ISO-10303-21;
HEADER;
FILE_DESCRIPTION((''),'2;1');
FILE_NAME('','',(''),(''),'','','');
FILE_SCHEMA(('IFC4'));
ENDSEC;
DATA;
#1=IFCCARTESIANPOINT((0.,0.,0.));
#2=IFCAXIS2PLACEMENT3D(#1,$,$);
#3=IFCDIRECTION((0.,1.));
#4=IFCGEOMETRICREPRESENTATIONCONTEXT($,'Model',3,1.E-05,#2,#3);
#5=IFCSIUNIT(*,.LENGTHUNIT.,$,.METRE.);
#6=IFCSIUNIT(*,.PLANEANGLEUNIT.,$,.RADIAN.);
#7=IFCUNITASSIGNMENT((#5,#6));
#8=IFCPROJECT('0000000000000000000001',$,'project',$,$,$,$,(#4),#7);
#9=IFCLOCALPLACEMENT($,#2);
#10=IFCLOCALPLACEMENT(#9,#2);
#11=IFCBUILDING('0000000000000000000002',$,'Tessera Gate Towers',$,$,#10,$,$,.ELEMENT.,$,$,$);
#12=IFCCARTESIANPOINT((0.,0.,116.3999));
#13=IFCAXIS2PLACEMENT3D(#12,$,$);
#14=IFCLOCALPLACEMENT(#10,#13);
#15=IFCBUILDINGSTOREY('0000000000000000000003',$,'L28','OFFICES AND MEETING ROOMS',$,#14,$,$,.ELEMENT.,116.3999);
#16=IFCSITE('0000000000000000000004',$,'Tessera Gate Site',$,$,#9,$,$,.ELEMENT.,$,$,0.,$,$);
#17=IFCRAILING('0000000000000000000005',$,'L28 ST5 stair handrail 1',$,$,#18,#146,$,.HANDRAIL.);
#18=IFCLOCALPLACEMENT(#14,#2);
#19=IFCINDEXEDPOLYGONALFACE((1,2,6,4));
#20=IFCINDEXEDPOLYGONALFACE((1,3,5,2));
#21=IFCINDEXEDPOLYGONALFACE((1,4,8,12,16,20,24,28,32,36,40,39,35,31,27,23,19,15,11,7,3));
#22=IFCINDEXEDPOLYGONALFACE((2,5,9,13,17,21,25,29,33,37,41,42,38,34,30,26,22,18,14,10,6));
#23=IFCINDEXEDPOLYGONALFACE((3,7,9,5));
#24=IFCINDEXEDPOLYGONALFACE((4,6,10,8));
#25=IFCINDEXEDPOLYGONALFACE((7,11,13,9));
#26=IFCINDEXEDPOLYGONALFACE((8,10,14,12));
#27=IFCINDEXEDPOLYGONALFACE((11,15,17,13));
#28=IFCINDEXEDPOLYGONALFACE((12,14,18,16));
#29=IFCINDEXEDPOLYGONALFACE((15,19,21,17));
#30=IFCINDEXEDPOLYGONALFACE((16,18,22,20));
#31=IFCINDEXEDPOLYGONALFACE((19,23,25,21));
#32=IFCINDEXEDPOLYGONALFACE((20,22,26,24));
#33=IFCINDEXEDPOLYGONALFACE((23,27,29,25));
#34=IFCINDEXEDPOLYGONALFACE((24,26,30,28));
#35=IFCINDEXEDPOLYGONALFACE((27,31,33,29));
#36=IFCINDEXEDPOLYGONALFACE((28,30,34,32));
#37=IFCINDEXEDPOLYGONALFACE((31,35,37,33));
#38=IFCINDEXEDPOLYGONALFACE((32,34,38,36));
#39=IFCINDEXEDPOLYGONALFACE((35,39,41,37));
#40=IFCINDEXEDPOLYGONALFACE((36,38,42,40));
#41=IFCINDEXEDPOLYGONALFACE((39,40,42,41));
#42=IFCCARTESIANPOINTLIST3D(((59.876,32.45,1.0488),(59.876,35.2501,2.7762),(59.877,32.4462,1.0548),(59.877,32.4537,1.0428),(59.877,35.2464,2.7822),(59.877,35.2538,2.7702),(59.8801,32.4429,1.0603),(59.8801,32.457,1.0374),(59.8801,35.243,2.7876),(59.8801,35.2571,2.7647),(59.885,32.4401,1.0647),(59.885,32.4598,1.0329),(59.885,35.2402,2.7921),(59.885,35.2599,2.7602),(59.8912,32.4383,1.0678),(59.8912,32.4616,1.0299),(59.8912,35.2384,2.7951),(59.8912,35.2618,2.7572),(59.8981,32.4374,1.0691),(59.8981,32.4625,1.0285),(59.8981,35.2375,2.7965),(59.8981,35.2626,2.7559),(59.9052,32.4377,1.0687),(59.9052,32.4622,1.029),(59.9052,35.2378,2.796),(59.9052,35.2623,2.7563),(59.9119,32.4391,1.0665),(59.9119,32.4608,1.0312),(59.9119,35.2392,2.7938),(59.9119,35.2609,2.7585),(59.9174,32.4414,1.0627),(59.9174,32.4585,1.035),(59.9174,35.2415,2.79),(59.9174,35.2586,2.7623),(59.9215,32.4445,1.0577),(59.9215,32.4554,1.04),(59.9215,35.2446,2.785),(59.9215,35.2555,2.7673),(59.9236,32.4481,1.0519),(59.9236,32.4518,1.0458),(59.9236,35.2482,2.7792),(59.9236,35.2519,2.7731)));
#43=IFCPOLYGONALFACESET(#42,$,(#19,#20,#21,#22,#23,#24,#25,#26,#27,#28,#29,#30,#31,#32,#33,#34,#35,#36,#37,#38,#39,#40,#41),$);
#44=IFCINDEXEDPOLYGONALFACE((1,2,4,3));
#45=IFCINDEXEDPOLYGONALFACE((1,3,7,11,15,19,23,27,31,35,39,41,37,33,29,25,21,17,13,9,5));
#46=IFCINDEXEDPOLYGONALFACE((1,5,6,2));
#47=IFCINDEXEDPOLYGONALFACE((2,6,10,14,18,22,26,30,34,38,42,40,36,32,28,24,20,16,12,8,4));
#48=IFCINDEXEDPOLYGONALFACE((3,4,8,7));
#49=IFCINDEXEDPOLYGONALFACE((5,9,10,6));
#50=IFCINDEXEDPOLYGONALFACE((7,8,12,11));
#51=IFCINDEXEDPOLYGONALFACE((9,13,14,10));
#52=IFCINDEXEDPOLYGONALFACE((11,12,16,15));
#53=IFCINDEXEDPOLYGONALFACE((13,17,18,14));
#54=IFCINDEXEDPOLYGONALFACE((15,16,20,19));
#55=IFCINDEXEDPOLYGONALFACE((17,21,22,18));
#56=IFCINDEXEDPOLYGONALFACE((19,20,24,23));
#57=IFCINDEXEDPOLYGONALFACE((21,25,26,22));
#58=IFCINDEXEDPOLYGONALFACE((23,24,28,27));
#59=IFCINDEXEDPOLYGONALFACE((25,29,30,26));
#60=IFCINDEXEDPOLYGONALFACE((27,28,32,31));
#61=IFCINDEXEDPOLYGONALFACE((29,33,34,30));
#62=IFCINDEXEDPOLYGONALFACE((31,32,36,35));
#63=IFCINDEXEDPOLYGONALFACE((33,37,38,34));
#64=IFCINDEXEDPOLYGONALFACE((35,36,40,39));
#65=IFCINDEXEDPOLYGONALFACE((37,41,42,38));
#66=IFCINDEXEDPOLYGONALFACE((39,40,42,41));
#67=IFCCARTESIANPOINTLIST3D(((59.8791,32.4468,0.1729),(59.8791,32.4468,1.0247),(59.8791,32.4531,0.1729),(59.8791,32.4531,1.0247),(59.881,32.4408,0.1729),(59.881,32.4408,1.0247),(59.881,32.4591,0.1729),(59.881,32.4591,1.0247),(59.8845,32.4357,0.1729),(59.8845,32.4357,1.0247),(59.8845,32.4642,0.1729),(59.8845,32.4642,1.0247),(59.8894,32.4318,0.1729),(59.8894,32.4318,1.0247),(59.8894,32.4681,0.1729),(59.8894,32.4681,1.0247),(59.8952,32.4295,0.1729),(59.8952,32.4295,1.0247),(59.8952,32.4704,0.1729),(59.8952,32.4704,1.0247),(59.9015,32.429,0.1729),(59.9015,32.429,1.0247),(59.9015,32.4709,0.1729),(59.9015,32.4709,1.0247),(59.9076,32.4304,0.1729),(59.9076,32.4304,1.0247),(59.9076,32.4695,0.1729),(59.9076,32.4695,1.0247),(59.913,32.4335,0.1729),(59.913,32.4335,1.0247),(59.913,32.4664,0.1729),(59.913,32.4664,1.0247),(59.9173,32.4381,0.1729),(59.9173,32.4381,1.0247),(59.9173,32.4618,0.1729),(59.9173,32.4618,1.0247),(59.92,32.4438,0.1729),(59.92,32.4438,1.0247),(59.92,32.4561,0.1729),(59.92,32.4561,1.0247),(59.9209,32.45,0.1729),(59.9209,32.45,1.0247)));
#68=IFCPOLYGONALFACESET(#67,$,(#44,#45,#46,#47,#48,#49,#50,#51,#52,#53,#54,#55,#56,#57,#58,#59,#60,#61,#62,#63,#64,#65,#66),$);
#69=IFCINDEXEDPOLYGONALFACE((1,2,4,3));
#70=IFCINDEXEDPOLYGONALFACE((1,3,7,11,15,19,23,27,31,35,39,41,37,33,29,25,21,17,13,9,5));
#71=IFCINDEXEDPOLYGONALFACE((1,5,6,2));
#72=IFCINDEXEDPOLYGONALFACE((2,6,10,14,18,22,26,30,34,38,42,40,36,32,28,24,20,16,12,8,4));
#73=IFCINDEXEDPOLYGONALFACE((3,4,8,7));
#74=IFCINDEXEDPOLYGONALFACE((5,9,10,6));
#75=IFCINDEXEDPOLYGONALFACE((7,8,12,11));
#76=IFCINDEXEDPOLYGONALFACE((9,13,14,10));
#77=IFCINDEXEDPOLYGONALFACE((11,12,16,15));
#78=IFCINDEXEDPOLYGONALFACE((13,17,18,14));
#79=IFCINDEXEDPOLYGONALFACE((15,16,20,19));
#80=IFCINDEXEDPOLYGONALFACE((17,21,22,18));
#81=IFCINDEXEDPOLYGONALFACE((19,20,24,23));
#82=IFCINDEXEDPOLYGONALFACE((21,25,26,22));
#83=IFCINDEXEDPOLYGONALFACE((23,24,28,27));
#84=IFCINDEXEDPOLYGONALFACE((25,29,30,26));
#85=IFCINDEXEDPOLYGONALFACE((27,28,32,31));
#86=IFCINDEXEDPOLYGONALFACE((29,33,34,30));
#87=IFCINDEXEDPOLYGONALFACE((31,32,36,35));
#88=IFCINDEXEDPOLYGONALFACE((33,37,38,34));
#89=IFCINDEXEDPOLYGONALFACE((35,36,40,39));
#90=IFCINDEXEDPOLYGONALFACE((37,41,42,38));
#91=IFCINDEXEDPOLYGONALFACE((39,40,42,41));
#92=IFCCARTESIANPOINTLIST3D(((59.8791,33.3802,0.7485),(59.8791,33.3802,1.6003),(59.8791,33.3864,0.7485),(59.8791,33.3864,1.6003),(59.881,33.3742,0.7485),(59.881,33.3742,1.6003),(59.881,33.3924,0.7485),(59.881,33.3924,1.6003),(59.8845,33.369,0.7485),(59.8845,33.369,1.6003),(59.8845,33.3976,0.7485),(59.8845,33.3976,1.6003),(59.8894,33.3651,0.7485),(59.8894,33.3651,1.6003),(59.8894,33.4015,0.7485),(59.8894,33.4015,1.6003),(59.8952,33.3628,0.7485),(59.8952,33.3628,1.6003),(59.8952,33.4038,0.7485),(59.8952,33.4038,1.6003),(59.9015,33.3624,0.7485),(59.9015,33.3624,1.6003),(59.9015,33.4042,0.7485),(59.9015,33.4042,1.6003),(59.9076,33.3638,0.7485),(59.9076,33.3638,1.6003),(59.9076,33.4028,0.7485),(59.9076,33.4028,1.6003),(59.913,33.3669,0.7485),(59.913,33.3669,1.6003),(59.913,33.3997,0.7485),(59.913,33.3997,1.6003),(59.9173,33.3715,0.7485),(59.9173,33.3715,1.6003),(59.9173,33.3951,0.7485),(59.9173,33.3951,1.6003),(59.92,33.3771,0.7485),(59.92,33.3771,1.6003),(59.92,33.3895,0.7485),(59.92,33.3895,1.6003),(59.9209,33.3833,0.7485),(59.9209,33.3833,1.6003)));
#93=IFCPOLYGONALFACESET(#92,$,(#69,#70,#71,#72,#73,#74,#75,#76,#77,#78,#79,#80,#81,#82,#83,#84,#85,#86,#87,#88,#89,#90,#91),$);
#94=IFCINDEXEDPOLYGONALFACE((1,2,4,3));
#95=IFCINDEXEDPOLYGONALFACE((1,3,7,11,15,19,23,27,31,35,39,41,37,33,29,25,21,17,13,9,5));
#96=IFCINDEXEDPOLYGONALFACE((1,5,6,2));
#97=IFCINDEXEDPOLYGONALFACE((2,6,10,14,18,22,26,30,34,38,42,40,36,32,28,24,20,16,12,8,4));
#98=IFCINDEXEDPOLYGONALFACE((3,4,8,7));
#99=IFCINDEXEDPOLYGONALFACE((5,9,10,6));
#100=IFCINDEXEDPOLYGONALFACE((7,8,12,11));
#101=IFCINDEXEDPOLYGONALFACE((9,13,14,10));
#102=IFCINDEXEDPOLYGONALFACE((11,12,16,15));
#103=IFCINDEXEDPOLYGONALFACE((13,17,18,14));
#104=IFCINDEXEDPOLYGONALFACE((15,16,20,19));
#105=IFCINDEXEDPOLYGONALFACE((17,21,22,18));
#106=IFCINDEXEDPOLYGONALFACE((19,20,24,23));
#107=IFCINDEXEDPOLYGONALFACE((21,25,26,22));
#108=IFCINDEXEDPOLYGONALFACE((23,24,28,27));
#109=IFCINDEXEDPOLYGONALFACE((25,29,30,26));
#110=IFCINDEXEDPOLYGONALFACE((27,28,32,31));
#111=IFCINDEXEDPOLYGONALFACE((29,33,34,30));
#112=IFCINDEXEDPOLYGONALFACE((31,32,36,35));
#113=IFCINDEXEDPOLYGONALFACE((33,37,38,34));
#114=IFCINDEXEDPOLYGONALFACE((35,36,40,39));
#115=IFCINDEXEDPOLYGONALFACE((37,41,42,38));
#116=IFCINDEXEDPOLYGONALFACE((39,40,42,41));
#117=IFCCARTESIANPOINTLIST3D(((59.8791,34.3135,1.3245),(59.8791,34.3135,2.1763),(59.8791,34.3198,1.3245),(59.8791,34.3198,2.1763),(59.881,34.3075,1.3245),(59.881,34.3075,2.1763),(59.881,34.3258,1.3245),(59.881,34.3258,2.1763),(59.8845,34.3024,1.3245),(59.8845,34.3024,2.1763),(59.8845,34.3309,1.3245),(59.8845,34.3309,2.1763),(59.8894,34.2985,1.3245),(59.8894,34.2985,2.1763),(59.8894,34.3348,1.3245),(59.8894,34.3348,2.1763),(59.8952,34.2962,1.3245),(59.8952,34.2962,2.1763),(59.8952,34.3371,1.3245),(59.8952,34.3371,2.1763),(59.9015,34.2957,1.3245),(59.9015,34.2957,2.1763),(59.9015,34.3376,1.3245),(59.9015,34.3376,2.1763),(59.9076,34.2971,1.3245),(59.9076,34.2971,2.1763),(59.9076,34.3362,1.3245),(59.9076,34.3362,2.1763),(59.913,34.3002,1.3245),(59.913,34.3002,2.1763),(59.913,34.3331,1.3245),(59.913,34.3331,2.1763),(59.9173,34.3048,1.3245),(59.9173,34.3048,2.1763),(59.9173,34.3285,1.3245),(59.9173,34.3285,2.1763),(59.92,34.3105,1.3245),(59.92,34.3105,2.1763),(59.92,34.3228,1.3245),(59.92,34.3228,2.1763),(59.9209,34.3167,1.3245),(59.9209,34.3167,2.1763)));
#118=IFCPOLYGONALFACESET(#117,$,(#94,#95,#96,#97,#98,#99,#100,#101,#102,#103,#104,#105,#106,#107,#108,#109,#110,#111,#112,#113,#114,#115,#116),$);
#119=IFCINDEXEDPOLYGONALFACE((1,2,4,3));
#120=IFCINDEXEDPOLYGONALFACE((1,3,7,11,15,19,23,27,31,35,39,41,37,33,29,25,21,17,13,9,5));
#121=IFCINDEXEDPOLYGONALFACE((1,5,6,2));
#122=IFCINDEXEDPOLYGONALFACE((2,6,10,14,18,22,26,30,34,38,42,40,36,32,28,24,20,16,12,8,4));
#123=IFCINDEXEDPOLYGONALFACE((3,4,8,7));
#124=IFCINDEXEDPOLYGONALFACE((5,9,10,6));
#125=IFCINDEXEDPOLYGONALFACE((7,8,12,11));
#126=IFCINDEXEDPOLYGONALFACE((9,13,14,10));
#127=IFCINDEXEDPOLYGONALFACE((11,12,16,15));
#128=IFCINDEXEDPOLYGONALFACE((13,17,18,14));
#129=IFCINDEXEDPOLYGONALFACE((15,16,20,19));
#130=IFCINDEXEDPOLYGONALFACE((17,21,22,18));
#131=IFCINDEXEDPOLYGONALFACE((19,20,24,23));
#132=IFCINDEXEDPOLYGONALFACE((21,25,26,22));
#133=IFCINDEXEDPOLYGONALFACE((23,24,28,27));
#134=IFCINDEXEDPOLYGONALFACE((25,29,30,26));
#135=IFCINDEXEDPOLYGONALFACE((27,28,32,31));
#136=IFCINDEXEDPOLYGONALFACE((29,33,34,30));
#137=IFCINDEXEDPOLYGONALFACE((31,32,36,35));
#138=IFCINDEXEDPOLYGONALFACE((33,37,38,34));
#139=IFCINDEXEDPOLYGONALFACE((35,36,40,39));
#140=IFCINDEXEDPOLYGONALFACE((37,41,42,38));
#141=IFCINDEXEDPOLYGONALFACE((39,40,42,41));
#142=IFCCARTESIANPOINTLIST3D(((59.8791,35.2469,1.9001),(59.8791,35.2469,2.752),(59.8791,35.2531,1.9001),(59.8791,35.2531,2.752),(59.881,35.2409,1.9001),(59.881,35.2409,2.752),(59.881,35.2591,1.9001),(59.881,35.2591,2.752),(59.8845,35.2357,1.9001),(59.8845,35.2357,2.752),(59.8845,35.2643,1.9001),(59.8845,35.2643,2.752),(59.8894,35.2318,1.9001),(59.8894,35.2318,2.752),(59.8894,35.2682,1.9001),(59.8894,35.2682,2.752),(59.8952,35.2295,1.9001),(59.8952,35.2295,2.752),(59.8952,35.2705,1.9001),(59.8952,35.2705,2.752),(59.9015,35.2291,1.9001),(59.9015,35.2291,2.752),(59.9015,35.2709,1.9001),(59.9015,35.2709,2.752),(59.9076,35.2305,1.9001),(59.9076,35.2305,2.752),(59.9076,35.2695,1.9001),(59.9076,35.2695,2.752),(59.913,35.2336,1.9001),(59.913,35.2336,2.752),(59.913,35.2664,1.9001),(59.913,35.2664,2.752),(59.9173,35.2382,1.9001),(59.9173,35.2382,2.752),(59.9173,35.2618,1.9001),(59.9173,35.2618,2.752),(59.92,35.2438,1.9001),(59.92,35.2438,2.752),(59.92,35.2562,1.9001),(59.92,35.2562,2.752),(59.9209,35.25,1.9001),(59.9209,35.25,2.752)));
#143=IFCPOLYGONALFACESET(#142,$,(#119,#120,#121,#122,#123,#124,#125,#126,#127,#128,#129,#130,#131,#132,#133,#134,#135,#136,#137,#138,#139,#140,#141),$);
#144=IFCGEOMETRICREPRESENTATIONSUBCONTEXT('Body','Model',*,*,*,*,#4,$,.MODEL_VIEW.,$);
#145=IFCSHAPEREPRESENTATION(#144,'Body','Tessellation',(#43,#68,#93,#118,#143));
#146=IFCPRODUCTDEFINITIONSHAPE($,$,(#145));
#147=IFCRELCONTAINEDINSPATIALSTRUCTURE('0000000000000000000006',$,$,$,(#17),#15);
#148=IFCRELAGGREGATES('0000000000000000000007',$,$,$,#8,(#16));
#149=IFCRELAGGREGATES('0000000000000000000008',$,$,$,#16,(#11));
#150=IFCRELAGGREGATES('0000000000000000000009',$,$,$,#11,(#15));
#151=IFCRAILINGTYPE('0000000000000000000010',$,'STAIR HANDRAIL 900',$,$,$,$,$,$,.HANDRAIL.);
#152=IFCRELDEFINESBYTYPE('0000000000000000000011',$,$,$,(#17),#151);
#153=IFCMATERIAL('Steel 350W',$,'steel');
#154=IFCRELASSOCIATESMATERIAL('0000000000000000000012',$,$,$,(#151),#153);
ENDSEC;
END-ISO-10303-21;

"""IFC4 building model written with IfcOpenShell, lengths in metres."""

from ifc_helpers import new_model, si_unit, direction, frame, origin, origin_2d, place, context, subcontext, project, spatial, circle, extrude, material, type_object, element, save


model = new_model("IFC4")

# Units and contexts
model_context = context("Model", 3, precision=1e-05, world=origin(), true_north=direction((0.0, 1.0)))
body_context = subcontext(model_context, "Body", "Model", "MODEL_VIEW")
ifc_project = project(units=[si_unit("LENGTHUNIT", "METRE"), si_unit("PLANEANGLEUNIT", "RADIAN")], contexts=[model_context])

# Site, building, storey
site_placement = place(None, origin())
site = spatial("IfcSite", under=ifc_project, at=site_placement, Name="Tessera Gate Site", CompositionType="ELEMENT", RefElevation=0.0)
building_placement = place(site_placement, origin())
building = spatial("IfcBuilding", under=site, at=building_placement, Name="Tessera Gate Towers", CompositionType="ELEMENT")
storey_placement = place(building_placement, frame((0.0, 0.0, 116.3999)))
storey = spatial("IfcBuildingStorey", under=building, at=storey_placement, Name="L28", Description="OFFICES AND MEETING ROOMS", CompositionType="ELEMENT", Elevation=116.3999)

# Railing
ifc_material_1 = material(Name="Steel 350W", Category="steel")
railing_type_1 = type_object("IfcRailingType", Name="STAIR HANDRAIL 900", PredefinedType="HANDRAIL", material=ifc_material_1)
railing_1_placement = place(storey_placement, frame((59.8999, 32.45, 0.1729)))
element("IfcRailing", 1, at=railing_1_placement, inside=storey, type_object=railing_type_1, Name="L28 ST5 stair handrail 1", PredefinedType="HANDRAIL", context=body_context, shape_type="SweptSolid", body=[
    extrude(circle(Radius=0.0239, at=origin_2d()), frame((0.0, 0.0, 0.876), z_axis=(0.0, 0.85109, 0.52502), x_axis=(-1.0, 0.0, 0.0)), (0.0, 0.0, 1.0), 3.29),
    extrude(circle(Radius=0.021, at=origin_2d()), origin(), (0.0, 0.0, 1.0), 0.8518),
    extrude(circle(Radius=0.021, at=origin_2d()), frame((0.0, 0.9333, 0.5757)), (0.0, 0.0, 1.0), 0.8518),
    extrude(circle(Radius=0.021, at=origin_2d()), frame((0.0, 1.8667, 1.1516)), (0.0, 0.0, 1.0), 0.8518),
    extrude(circle(Radius=0.021, at=origin_2d()), frame((0.0, 2.8, 1.7273)), (0.0, 0.0, 1.0), 0.8518),
])

save(model, "model.ifc")
